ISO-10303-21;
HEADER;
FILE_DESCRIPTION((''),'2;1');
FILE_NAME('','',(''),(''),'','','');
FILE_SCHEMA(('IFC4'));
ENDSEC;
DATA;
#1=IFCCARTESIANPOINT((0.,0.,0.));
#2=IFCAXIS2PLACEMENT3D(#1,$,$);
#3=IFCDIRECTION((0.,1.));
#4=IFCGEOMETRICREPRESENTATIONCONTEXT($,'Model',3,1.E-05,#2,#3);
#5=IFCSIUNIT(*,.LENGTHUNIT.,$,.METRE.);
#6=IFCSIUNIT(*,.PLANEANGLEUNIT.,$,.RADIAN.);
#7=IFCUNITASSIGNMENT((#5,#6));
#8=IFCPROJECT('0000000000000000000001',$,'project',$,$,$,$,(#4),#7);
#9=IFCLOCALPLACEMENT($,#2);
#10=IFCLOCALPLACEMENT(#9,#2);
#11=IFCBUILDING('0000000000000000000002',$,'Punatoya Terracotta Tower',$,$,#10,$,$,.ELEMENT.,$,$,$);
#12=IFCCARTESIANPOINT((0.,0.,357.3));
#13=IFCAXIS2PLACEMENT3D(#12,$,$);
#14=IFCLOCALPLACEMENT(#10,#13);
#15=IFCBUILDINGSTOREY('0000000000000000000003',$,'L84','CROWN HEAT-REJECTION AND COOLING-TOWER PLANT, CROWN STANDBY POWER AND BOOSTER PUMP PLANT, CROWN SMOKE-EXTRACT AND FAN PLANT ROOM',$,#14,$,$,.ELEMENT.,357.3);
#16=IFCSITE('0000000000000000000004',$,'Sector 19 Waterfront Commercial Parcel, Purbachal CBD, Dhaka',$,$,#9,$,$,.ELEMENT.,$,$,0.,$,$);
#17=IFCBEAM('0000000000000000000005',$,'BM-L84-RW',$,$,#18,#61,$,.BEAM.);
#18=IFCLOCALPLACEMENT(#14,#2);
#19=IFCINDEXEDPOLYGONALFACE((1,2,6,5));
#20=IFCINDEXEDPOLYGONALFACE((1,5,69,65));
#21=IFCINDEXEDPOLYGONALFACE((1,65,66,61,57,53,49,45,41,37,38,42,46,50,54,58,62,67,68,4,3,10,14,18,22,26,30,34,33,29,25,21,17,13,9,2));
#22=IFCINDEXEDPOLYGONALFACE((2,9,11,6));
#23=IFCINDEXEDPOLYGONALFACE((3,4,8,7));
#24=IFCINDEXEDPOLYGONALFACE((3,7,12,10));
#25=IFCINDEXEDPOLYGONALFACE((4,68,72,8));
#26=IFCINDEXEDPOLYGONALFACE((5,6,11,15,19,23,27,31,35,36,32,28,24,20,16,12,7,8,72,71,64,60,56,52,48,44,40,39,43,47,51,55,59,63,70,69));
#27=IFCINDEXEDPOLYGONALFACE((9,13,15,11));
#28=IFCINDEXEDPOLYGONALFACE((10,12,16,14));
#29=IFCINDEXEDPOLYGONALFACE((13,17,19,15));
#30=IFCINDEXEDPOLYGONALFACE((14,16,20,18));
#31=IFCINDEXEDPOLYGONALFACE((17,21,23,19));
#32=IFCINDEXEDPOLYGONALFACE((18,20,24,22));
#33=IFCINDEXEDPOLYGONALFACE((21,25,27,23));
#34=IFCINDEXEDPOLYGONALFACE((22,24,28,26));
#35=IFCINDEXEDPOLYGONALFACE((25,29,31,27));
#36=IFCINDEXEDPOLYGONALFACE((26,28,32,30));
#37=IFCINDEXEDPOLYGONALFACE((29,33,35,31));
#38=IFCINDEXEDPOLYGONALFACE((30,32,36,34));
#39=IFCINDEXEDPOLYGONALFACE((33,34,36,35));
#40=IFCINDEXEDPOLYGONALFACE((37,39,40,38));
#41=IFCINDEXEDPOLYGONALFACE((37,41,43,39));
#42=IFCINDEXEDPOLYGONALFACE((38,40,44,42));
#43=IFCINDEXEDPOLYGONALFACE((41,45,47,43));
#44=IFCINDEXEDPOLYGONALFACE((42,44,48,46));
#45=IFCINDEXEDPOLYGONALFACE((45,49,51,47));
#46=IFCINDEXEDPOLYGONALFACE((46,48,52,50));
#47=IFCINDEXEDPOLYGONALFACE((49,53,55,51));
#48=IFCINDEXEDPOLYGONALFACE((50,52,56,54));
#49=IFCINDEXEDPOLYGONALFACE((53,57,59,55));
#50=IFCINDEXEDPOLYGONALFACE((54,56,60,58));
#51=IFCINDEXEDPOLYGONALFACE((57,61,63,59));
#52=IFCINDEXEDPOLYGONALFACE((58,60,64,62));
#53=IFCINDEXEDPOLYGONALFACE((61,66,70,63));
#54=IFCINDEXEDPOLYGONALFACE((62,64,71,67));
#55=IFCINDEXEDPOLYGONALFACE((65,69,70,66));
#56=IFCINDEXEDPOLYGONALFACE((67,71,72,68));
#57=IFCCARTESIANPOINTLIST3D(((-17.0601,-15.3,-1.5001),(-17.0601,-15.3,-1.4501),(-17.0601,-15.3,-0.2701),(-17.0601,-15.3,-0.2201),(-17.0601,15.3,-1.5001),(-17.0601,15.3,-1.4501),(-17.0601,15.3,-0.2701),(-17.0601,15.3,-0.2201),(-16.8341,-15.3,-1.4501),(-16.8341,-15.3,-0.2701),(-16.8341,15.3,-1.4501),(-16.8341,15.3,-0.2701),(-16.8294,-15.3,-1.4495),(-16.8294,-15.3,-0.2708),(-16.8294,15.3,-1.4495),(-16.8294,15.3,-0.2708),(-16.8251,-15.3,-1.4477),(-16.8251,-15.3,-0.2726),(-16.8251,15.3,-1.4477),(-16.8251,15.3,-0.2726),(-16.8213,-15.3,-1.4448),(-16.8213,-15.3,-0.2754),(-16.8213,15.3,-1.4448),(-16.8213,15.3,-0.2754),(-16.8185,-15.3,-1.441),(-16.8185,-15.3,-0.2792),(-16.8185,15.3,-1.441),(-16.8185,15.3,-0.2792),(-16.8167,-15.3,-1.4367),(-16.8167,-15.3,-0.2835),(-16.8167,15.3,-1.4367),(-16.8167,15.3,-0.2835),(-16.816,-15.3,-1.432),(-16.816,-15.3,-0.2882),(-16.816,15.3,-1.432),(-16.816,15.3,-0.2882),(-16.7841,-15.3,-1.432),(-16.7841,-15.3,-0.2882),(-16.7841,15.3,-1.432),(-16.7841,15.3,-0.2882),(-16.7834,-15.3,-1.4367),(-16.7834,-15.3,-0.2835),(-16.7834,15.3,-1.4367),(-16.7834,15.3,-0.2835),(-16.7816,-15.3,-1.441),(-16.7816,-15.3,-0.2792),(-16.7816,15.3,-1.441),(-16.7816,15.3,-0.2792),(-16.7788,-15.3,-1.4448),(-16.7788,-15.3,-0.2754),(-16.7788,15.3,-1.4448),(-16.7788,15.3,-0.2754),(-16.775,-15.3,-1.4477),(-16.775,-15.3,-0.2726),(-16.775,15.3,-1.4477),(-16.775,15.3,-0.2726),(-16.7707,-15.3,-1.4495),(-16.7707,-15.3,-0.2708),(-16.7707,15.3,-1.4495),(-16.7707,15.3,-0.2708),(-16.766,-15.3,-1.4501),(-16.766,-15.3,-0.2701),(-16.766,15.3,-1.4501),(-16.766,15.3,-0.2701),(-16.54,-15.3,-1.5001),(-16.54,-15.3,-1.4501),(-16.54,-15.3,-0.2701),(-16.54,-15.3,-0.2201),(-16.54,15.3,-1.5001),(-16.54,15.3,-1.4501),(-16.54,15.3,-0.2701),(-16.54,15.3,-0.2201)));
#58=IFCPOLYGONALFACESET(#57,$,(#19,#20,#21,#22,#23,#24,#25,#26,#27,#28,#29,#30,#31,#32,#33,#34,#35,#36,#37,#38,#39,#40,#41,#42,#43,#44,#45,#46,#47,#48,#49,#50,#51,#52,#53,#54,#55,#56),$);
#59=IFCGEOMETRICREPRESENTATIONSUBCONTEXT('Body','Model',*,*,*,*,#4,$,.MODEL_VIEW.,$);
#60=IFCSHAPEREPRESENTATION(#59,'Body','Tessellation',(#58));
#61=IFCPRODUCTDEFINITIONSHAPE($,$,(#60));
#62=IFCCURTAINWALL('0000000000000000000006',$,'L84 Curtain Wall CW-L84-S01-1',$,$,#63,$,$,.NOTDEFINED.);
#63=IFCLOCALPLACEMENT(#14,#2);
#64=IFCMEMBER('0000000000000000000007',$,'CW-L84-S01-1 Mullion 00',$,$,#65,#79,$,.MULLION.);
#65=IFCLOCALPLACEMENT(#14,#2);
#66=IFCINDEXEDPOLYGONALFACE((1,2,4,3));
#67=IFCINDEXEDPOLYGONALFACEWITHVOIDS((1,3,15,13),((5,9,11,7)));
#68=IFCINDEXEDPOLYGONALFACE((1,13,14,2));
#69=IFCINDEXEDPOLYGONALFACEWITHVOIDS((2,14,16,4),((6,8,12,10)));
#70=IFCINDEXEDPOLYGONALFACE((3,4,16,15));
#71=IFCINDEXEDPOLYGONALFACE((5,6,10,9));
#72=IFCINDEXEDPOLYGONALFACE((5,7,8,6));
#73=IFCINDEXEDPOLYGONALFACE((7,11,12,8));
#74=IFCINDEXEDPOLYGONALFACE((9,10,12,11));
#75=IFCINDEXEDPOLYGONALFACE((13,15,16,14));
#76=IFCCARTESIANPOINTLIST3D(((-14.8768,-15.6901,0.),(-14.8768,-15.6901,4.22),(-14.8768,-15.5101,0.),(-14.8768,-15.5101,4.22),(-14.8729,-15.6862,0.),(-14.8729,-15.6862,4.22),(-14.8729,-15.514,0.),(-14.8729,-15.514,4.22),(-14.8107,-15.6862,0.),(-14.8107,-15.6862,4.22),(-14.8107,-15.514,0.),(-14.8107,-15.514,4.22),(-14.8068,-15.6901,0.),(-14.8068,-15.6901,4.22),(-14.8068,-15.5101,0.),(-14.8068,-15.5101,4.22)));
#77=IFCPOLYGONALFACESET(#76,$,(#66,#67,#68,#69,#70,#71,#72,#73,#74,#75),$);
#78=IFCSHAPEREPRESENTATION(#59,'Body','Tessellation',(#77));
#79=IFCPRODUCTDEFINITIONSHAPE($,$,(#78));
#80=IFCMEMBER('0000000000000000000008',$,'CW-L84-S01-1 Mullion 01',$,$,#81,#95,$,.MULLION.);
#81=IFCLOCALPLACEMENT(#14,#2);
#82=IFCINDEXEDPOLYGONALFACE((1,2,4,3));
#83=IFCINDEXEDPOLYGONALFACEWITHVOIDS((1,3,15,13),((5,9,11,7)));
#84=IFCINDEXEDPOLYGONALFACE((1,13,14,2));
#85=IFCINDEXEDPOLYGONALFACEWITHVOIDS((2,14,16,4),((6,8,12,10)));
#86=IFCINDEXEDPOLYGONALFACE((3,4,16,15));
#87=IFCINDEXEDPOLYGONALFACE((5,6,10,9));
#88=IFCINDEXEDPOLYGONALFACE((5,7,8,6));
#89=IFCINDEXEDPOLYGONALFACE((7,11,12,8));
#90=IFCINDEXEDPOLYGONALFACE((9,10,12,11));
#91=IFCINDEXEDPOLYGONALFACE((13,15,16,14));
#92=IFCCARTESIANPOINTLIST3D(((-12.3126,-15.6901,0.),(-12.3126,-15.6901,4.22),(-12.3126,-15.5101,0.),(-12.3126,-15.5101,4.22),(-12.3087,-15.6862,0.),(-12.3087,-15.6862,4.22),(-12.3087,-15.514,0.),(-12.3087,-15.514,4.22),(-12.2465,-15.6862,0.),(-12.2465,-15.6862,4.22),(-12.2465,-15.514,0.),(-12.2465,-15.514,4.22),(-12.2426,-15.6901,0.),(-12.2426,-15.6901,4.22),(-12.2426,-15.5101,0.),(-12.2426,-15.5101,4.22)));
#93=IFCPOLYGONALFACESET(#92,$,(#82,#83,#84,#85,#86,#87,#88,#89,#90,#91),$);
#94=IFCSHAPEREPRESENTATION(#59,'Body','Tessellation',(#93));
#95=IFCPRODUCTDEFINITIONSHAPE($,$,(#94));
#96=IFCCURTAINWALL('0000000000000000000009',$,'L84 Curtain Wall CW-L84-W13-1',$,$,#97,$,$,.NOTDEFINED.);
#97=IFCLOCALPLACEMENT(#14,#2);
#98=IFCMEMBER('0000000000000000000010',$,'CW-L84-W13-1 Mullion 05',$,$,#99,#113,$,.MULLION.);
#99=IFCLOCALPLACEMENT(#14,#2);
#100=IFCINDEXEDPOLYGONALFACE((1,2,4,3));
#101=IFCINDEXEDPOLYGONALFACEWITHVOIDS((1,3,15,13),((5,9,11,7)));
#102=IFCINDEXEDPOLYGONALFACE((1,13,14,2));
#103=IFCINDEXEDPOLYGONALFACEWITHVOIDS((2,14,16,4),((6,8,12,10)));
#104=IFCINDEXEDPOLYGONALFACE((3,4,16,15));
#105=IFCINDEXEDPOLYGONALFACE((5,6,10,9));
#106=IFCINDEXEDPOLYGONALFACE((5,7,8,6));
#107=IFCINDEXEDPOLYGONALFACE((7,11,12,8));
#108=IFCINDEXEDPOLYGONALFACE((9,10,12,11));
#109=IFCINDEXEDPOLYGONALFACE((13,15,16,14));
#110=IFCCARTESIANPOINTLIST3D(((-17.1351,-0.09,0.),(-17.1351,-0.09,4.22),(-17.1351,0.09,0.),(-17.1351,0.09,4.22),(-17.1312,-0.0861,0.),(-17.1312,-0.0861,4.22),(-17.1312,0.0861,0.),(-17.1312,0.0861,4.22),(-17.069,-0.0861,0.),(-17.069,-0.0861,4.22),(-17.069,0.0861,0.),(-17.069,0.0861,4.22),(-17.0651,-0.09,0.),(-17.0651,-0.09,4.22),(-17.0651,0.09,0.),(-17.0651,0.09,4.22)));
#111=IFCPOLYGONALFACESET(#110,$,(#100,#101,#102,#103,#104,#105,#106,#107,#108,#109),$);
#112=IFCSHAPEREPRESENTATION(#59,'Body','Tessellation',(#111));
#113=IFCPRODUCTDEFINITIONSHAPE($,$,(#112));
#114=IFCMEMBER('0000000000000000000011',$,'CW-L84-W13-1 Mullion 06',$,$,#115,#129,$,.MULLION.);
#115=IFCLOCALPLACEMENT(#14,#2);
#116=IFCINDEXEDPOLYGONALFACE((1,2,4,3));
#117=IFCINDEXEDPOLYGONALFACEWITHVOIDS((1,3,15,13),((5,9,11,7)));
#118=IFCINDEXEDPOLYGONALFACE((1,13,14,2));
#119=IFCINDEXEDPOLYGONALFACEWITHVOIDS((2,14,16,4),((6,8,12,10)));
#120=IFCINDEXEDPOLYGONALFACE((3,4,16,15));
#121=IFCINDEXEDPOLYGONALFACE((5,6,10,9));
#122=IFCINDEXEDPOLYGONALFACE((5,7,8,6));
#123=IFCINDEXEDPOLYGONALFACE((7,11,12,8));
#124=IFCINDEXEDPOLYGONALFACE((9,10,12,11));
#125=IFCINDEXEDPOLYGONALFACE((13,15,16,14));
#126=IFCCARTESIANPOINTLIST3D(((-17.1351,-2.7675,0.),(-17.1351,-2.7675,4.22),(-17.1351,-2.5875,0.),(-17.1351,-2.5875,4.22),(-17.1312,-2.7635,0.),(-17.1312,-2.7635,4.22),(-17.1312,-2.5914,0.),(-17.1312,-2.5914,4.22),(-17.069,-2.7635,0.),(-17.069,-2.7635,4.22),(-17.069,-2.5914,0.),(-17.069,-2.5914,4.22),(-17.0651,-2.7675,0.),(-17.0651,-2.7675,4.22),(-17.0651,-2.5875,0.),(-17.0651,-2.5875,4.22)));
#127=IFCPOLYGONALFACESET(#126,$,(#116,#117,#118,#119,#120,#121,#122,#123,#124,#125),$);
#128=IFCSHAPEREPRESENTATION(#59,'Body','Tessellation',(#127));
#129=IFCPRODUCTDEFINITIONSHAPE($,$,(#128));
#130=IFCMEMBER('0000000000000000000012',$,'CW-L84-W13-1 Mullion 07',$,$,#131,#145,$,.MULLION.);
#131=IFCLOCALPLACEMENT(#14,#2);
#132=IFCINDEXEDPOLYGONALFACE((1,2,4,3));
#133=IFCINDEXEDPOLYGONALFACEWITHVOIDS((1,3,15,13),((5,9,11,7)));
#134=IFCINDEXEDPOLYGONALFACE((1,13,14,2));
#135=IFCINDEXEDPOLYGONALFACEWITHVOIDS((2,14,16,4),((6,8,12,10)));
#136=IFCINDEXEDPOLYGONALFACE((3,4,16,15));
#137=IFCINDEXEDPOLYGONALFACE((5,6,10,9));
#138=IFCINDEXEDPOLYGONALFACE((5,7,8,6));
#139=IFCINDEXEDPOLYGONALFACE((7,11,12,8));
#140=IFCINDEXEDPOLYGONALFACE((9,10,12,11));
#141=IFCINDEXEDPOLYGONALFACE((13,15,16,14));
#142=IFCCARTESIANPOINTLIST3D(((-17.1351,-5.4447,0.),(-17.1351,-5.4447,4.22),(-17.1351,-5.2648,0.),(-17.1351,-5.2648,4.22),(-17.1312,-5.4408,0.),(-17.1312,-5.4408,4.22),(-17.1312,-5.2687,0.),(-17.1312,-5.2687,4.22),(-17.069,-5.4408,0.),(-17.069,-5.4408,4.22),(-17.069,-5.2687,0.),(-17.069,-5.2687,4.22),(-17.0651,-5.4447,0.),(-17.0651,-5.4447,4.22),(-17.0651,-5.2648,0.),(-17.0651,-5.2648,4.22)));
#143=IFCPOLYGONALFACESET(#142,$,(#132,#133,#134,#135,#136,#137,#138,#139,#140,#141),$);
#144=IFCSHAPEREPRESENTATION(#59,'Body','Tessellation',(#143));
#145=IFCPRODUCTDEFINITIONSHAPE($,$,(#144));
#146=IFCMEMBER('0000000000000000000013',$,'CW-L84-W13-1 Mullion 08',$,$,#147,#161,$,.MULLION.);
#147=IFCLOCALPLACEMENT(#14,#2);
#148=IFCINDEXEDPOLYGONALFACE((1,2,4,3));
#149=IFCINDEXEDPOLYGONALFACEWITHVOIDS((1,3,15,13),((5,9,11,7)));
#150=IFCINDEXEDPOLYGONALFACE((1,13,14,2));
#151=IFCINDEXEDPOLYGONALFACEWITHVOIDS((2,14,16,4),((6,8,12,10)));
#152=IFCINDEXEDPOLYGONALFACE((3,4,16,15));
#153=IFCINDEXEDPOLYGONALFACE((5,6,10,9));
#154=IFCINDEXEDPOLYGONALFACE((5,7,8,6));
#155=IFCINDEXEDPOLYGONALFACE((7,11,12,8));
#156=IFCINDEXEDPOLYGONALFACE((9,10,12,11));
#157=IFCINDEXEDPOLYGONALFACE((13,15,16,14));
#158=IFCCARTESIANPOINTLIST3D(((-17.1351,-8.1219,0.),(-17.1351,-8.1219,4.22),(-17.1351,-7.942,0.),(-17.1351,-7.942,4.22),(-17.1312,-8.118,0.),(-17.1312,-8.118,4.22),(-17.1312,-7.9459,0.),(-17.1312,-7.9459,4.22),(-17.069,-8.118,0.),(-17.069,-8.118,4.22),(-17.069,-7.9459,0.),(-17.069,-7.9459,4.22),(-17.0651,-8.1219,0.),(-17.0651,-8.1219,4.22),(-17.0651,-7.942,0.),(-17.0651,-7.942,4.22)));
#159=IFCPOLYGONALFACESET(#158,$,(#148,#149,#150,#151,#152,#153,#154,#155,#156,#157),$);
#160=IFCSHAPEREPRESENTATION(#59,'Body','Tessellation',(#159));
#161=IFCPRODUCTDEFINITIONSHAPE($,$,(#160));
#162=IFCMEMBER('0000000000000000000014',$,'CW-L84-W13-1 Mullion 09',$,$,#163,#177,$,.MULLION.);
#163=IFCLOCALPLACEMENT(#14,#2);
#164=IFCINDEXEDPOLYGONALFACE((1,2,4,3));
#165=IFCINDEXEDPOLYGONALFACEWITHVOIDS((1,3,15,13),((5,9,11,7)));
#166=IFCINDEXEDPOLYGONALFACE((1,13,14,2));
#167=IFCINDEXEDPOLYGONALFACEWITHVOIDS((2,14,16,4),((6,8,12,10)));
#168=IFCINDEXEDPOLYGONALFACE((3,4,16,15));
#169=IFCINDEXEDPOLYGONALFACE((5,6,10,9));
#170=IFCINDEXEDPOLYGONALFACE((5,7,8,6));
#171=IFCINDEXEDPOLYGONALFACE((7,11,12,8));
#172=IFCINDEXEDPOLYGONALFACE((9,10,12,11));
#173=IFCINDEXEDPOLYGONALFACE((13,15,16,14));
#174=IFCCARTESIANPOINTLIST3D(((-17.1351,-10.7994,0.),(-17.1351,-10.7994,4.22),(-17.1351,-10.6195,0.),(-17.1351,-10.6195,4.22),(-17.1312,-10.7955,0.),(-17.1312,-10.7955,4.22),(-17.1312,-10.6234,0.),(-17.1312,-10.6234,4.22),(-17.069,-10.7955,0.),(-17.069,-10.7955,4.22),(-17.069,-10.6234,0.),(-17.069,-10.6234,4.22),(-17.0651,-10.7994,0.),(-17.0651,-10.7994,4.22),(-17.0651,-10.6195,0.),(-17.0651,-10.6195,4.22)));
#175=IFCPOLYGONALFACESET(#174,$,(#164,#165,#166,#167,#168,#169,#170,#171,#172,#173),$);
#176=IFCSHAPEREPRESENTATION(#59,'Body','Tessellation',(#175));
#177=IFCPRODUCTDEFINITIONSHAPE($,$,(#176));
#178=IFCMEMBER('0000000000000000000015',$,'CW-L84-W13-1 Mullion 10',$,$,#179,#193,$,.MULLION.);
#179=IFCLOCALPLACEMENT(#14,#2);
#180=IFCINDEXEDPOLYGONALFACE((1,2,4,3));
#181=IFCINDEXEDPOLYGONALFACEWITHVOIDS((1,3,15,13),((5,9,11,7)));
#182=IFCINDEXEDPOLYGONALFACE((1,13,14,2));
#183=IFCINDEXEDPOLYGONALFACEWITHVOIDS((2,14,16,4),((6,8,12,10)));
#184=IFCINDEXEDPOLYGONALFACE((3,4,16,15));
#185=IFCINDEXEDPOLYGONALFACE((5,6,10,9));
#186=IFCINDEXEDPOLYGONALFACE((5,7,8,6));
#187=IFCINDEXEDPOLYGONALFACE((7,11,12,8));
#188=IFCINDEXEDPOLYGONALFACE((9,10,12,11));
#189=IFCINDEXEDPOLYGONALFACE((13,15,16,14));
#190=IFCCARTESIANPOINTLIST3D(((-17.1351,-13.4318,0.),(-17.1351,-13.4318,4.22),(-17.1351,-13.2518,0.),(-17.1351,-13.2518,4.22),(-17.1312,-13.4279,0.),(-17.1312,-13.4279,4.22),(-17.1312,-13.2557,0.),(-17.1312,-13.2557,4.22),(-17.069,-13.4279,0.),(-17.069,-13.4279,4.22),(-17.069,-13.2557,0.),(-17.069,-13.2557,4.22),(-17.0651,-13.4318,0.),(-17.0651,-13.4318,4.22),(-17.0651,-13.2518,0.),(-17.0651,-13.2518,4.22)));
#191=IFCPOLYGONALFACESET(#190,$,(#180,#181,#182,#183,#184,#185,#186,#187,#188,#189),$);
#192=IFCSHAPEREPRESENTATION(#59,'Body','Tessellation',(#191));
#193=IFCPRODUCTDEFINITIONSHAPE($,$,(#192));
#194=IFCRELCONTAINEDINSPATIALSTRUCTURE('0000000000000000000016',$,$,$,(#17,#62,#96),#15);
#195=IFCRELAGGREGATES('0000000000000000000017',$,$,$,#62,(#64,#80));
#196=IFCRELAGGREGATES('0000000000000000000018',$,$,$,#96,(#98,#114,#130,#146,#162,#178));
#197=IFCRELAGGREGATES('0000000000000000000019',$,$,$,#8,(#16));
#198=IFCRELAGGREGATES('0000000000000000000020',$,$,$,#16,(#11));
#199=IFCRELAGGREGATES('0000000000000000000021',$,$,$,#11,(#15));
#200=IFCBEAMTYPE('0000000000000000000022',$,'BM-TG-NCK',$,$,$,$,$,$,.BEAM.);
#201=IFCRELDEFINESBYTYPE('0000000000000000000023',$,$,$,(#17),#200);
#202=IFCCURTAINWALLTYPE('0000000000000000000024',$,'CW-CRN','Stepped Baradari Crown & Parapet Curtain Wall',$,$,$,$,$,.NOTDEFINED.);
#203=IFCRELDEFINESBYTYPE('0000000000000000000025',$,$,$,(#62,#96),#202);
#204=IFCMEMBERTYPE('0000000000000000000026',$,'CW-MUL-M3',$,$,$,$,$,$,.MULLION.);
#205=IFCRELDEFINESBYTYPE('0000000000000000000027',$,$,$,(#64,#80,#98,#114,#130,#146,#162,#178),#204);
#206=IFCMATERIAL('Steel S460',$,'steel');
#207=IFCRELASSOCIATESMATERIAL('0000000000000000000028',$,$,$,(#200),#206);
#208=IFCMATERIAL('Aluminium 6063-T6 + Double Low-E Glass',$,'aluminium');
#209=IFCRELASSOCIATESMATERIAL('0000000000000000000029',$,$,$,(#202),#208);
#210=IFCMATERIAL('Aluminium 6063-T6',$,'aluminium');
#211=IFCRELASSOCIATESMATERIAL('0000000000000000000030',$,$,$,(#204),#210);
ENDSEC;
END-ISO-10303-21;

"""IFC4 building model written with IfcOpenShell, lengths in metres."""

from ifc_helpers import new_model, si_unit, direction, frame, origin, origin_2d, place, context, subcontext, project, spatial, hollow_rectangle, i_section, extrude, material, material_profile, profile_set, type_object, element, aggregate, save


model = new_model("IFC4")

# Units and contexts
model_context = context("Model", 3, precision=1e-05, world=origin(), true_north=direction((0.0, 1.0)))
body_context = subcontext(model_context, "Body", "Model", "MODEL_VIEW")
ifc_project = project(units=[si_unit("LENGTHUNIT", "METRE"), si_unit("PLANEANGLEUNIT", "RADIAN")], contexts=[model_context])

# Site, building, storey
site_placement = place(None, origin())
site = spatial("IfcSite", under=ifc_project, at=site_placement, Name="Sector 19 Waterfront Commercial Parcel, Purbachal CBD, Dhaka", CompositionType="ELEMENT", RefElevation=0.0)
building_placement = place(site_placement, origin())
building = spatial("IfcBuilding", under=site, at=building_placement, Name="Punatoya Terracotta Tower", CompositionType="ELEMENT")
storey_placement = place(building_placement, frame((0.0, 0.0, 357.3)))
storey = spatial("IfcBuildingStorey", under=building, at=storey_placement, Name="L84", Description="CROWN HEAT-REJECTION AND COOLING-TOWER PLANT, CROWN STANDBY POWER AND BOOSTER PUMP PLANT, CROWN SMOKE-EXTRACT AND FAN PLANT ROOM", CompositionType="ELEMENT", Elevation=357.3)

# Beam
ifc_material_1 = material(Name="Steel S460", Category="steel")
ifc_material_profile_1 = material_profile(ifc_material_1, i_section(OverallWidth=0.52, OverallDepth=1.28, WebThickness=0.032, FlangeThickness=0.05, FilletRadius=0.0181, at=origin_2d()))
ifc_profile_set_1 = profile_set([ifc_material_profile_1], Name="Steel S460")
beam_type = type_object("IfcBeamType", Name="BM-TG-NCK", PredefinedType="BEAM", material=ifc_profile_set_1)
beam_1_placement = place(storey_placement, frame((-16.8, -15.3, -0.8601), z_axis=(0.0, 1.0, 0.0), x_axis=(-1.0, 0.0, 0.0)))
element("IfcBeam", 1, at=beam_1_placement, inside=storey, type_object=beam_type, Name="BM-L84-RW", PredefinedType="BEAM", context=body_context, shape_type="SweptSolid", body=[
    extrude(i_section(OverallWidth=0.52, OverallDepth=1.28, WebThickness=0.032, FlangeThickness=0.05, FilletRadius=0.0181, at=origin_2d()), origin(), (0.0, 0.0, 1.0), 30.6001),
])

# Curtain walls, members
ifc_material_2 = material(Name="Aluminium 6063-T6 + Double Low-E Glass", Category="aluminium")
curtain_wall_type = type_object("IfcCurtainWallType", Name="CW-CRN", Description="Stepped Baradari Crown & Parapet Curtain Wall", PredefinedType="NOTDEFINED", material=ifc_material_2)
curtain_wall_1_placement = place(storey_placement, origin())
curtain_wall_1 = element("IfcCurtainWall", 2, at=curtain_wall_1_placement, inside=storey, type_object=curtain_wall_type, Name="L84 Curtain Wall CW-L84-S01-1", PredefinedType="NOTDEFINED")
ifc_material_3 = material(Name="Aluminium 6063-T6", Category="aluminium")
ifc_material_profile_2 = material_profile(ifc_material_3, hollow_rectangle(XDim=0.0701, YDim=0.1799, WallThickness=0.0039, at=origin_2d()))
ifc_profile_set_2 = profile_set([ifc_material_profile_2], Name="Aluminium 6063-T6")
member_type_1 = type_object("IfcMemberType", Name="CW-MUL-M3", PredefinedType="MULLION", material=ifc_profile_set_2)
member_1_placement = place(storey_placement, frame((-14.8418, -15.6001, 0.0), z_axis=(0.0, 0.0, 1.0), x_axis=(1.0, 0.0, 0.0)))
member_1 = element("IfcMember", 3, at=member_1_placement, type_object=member_type_1, Name="CW-L84-S01-1 Mullion 00", PredefinedType="MULLION", context=body_context, shape_type="SweptSolid", body=[
    extrude(hollow_rectangle(XDim=0.0701, YDim=0.1799, WallThickness=0.0039, at=origin_2d()), origin(), (0.0, 0.0, 1.0), 4.22),
])
member_2_placement = place(storey_placement, frame((-12.2776, -15.6001, 0.0), z_axis=(0.0, 0.0, 1.0), x_axis=(1.0, 0.0, 0.0)))
member_2 = element("IfcMember", 4, at=member_2_placement, type_object=member_type_1, Name="CW-L84-S01-1 Mullion 01", PredefinedType="MULLION", context=body_context, shape_type="SweptSolid", body=[
    extrude(hollow_rectangle(XDim=0.0701, YDim=0.1799, WallThickness=0.0039, at=origin_2d()), origin(), (0.0, 0.0, 1.0), 4.22),
])
curtain_wall_2_placement = place(storey_placement, origin())
curtain_wall_2 = element("IfcCurtainWall", 5, at=curtain_wall_2_placement, inside=storey, type_object=curtain_wall_type, Name="L84 Curtain Wall CW-L84-W13-1", PredefinedType="NOTDEFINED")
member_3_placement = place(storey_placement, frame((-17.1001, 0.0, 0.0), z_axis=(0.0, 0.0, 1.0), x_axis=(1.0, 0.0, 0.0)))
member_3 = element("IfcMember", 6, at=member_3_placement, type_object=member_type_1, Name="CW-L84-W13-1 Mullion 05", PredefinedType="MULLION", context=body_context, shape_type="SweptSolid", body=[
    extrude(hollow_rectangle(XDim=0.0701, YDim=0.1799, WallThickness=0.0039, at=origin_2d()), origin(), (0.0, 0.0, 1.0), 4.22),
])
member_4_placement = place(storey_placement, frame((-17.1001, -2.6775, 0.0), z_axis=(0.0, 0.0, 1.0), x_axis=(1.0, 0.0, 0.0)))
member_4 = element("IfcMember", 7, at=member_4_placement, type_object=member_type_1, Name="CW-L84-W13-1 Mullion 06", PredefinedType="MULLION", context=body_context, shape_type="SweptSolid", body=[
    extrude(hollow_rectangle(XDim=0.0701, YDim=0.1799, WallThickness=0.0039, at=origin_2d()), origin(), (0.0, 0.0, 1.0), 4.22),
])
member_5_placement = place(storey_placement, frame((-17.1001, -5.3547, 0.0), z_axis=(0.0, 0.0, 1.0), x_axis=(1.0, 0.0, 0.0)))
member_5 = element("IfcMember", 8, at=member_5_placement, type_object=member_type_1, Name="CW-L84-W13-1 Mullion 07", PredefinedType="MULLION", context=body_context, shape_type="SweptSolid", body=[
    extrude(hollow_rectangle(XDim=0.0701, YDim=0.1799, WallThickness=0.0039, at=origin_2d()), origin(), (0.0, 0.0, 1.0), 4.22),
])
member_6_placement = place(storey_placement, frame((-17.1001, -8.032, 0.0), z_axis=(0.0, 0.0, 1.0), x_axis=(1.0, 0.0, 0.0)))
member_6 = element("IfcMember", 9, at=member_6_placement, type_object=member_type_1, Name="CW-L84-W13-1 Mullion 08", PredefinedType="MULLION", context=body_context, shape_type="SweptSolid", body=[
    extrude(hollow_rectangle(XDim=0.0701, YDim=0.1799, WallThickness=0.0039, at=origin_2d()), origin(), (0.0, 0.0, 1.0), 4.22),
])
member_7_placement = place(storey_placement, frame((-17.1001, -10.7095, 0.0), z_axis=(0.0, 0.0, 1.0), x_axis=(1.0, 0.0, 0.0)))
member_7 = element("IfcMember", 10, at=member_7_placement, type_object=member_type_1, Name="CW-L84-W13-1 Mullion 09", PredefinedType="MULLION", context=body_context, shape_type="SweptSolid", body=[
    extrude(hollow_rectangle(XDim=0.0701, YDim=0.1799, WallThickness=0.0039, at=origin_2d()), origin(), (0.0, 0.0, 1.0), 4.22),
])
member_8_placement = place(storey_placement, frame((-17.1001, -13.3418, 0.0), z_axis=(0.0, 0.0, 1.0), x_axis=(1.0, 0.0, 0.0)))
member_8 = element("IfcMember", 11, at=member_8_placement, type_object=member_type_1, Name="CW-L84-W13-1 Mullion 10", PredefinedType="MULLION", context=body_context, shape_type="SweptSolid", body=[
    extrude(hollow_rectangle(XDim=0.0701, YDim=0.1799, WallThickness=0.0039, at=origin_2d()), origin(), (0.0, 0.0, 1.0), 4.22),
])

aggregate(curtain_wall_1, [member_1, member_2])
aggregate(curtain_wall_2, [member_3, member_4, member_5, member_6, member_7, member_8])

save(model, "model.ifc")
